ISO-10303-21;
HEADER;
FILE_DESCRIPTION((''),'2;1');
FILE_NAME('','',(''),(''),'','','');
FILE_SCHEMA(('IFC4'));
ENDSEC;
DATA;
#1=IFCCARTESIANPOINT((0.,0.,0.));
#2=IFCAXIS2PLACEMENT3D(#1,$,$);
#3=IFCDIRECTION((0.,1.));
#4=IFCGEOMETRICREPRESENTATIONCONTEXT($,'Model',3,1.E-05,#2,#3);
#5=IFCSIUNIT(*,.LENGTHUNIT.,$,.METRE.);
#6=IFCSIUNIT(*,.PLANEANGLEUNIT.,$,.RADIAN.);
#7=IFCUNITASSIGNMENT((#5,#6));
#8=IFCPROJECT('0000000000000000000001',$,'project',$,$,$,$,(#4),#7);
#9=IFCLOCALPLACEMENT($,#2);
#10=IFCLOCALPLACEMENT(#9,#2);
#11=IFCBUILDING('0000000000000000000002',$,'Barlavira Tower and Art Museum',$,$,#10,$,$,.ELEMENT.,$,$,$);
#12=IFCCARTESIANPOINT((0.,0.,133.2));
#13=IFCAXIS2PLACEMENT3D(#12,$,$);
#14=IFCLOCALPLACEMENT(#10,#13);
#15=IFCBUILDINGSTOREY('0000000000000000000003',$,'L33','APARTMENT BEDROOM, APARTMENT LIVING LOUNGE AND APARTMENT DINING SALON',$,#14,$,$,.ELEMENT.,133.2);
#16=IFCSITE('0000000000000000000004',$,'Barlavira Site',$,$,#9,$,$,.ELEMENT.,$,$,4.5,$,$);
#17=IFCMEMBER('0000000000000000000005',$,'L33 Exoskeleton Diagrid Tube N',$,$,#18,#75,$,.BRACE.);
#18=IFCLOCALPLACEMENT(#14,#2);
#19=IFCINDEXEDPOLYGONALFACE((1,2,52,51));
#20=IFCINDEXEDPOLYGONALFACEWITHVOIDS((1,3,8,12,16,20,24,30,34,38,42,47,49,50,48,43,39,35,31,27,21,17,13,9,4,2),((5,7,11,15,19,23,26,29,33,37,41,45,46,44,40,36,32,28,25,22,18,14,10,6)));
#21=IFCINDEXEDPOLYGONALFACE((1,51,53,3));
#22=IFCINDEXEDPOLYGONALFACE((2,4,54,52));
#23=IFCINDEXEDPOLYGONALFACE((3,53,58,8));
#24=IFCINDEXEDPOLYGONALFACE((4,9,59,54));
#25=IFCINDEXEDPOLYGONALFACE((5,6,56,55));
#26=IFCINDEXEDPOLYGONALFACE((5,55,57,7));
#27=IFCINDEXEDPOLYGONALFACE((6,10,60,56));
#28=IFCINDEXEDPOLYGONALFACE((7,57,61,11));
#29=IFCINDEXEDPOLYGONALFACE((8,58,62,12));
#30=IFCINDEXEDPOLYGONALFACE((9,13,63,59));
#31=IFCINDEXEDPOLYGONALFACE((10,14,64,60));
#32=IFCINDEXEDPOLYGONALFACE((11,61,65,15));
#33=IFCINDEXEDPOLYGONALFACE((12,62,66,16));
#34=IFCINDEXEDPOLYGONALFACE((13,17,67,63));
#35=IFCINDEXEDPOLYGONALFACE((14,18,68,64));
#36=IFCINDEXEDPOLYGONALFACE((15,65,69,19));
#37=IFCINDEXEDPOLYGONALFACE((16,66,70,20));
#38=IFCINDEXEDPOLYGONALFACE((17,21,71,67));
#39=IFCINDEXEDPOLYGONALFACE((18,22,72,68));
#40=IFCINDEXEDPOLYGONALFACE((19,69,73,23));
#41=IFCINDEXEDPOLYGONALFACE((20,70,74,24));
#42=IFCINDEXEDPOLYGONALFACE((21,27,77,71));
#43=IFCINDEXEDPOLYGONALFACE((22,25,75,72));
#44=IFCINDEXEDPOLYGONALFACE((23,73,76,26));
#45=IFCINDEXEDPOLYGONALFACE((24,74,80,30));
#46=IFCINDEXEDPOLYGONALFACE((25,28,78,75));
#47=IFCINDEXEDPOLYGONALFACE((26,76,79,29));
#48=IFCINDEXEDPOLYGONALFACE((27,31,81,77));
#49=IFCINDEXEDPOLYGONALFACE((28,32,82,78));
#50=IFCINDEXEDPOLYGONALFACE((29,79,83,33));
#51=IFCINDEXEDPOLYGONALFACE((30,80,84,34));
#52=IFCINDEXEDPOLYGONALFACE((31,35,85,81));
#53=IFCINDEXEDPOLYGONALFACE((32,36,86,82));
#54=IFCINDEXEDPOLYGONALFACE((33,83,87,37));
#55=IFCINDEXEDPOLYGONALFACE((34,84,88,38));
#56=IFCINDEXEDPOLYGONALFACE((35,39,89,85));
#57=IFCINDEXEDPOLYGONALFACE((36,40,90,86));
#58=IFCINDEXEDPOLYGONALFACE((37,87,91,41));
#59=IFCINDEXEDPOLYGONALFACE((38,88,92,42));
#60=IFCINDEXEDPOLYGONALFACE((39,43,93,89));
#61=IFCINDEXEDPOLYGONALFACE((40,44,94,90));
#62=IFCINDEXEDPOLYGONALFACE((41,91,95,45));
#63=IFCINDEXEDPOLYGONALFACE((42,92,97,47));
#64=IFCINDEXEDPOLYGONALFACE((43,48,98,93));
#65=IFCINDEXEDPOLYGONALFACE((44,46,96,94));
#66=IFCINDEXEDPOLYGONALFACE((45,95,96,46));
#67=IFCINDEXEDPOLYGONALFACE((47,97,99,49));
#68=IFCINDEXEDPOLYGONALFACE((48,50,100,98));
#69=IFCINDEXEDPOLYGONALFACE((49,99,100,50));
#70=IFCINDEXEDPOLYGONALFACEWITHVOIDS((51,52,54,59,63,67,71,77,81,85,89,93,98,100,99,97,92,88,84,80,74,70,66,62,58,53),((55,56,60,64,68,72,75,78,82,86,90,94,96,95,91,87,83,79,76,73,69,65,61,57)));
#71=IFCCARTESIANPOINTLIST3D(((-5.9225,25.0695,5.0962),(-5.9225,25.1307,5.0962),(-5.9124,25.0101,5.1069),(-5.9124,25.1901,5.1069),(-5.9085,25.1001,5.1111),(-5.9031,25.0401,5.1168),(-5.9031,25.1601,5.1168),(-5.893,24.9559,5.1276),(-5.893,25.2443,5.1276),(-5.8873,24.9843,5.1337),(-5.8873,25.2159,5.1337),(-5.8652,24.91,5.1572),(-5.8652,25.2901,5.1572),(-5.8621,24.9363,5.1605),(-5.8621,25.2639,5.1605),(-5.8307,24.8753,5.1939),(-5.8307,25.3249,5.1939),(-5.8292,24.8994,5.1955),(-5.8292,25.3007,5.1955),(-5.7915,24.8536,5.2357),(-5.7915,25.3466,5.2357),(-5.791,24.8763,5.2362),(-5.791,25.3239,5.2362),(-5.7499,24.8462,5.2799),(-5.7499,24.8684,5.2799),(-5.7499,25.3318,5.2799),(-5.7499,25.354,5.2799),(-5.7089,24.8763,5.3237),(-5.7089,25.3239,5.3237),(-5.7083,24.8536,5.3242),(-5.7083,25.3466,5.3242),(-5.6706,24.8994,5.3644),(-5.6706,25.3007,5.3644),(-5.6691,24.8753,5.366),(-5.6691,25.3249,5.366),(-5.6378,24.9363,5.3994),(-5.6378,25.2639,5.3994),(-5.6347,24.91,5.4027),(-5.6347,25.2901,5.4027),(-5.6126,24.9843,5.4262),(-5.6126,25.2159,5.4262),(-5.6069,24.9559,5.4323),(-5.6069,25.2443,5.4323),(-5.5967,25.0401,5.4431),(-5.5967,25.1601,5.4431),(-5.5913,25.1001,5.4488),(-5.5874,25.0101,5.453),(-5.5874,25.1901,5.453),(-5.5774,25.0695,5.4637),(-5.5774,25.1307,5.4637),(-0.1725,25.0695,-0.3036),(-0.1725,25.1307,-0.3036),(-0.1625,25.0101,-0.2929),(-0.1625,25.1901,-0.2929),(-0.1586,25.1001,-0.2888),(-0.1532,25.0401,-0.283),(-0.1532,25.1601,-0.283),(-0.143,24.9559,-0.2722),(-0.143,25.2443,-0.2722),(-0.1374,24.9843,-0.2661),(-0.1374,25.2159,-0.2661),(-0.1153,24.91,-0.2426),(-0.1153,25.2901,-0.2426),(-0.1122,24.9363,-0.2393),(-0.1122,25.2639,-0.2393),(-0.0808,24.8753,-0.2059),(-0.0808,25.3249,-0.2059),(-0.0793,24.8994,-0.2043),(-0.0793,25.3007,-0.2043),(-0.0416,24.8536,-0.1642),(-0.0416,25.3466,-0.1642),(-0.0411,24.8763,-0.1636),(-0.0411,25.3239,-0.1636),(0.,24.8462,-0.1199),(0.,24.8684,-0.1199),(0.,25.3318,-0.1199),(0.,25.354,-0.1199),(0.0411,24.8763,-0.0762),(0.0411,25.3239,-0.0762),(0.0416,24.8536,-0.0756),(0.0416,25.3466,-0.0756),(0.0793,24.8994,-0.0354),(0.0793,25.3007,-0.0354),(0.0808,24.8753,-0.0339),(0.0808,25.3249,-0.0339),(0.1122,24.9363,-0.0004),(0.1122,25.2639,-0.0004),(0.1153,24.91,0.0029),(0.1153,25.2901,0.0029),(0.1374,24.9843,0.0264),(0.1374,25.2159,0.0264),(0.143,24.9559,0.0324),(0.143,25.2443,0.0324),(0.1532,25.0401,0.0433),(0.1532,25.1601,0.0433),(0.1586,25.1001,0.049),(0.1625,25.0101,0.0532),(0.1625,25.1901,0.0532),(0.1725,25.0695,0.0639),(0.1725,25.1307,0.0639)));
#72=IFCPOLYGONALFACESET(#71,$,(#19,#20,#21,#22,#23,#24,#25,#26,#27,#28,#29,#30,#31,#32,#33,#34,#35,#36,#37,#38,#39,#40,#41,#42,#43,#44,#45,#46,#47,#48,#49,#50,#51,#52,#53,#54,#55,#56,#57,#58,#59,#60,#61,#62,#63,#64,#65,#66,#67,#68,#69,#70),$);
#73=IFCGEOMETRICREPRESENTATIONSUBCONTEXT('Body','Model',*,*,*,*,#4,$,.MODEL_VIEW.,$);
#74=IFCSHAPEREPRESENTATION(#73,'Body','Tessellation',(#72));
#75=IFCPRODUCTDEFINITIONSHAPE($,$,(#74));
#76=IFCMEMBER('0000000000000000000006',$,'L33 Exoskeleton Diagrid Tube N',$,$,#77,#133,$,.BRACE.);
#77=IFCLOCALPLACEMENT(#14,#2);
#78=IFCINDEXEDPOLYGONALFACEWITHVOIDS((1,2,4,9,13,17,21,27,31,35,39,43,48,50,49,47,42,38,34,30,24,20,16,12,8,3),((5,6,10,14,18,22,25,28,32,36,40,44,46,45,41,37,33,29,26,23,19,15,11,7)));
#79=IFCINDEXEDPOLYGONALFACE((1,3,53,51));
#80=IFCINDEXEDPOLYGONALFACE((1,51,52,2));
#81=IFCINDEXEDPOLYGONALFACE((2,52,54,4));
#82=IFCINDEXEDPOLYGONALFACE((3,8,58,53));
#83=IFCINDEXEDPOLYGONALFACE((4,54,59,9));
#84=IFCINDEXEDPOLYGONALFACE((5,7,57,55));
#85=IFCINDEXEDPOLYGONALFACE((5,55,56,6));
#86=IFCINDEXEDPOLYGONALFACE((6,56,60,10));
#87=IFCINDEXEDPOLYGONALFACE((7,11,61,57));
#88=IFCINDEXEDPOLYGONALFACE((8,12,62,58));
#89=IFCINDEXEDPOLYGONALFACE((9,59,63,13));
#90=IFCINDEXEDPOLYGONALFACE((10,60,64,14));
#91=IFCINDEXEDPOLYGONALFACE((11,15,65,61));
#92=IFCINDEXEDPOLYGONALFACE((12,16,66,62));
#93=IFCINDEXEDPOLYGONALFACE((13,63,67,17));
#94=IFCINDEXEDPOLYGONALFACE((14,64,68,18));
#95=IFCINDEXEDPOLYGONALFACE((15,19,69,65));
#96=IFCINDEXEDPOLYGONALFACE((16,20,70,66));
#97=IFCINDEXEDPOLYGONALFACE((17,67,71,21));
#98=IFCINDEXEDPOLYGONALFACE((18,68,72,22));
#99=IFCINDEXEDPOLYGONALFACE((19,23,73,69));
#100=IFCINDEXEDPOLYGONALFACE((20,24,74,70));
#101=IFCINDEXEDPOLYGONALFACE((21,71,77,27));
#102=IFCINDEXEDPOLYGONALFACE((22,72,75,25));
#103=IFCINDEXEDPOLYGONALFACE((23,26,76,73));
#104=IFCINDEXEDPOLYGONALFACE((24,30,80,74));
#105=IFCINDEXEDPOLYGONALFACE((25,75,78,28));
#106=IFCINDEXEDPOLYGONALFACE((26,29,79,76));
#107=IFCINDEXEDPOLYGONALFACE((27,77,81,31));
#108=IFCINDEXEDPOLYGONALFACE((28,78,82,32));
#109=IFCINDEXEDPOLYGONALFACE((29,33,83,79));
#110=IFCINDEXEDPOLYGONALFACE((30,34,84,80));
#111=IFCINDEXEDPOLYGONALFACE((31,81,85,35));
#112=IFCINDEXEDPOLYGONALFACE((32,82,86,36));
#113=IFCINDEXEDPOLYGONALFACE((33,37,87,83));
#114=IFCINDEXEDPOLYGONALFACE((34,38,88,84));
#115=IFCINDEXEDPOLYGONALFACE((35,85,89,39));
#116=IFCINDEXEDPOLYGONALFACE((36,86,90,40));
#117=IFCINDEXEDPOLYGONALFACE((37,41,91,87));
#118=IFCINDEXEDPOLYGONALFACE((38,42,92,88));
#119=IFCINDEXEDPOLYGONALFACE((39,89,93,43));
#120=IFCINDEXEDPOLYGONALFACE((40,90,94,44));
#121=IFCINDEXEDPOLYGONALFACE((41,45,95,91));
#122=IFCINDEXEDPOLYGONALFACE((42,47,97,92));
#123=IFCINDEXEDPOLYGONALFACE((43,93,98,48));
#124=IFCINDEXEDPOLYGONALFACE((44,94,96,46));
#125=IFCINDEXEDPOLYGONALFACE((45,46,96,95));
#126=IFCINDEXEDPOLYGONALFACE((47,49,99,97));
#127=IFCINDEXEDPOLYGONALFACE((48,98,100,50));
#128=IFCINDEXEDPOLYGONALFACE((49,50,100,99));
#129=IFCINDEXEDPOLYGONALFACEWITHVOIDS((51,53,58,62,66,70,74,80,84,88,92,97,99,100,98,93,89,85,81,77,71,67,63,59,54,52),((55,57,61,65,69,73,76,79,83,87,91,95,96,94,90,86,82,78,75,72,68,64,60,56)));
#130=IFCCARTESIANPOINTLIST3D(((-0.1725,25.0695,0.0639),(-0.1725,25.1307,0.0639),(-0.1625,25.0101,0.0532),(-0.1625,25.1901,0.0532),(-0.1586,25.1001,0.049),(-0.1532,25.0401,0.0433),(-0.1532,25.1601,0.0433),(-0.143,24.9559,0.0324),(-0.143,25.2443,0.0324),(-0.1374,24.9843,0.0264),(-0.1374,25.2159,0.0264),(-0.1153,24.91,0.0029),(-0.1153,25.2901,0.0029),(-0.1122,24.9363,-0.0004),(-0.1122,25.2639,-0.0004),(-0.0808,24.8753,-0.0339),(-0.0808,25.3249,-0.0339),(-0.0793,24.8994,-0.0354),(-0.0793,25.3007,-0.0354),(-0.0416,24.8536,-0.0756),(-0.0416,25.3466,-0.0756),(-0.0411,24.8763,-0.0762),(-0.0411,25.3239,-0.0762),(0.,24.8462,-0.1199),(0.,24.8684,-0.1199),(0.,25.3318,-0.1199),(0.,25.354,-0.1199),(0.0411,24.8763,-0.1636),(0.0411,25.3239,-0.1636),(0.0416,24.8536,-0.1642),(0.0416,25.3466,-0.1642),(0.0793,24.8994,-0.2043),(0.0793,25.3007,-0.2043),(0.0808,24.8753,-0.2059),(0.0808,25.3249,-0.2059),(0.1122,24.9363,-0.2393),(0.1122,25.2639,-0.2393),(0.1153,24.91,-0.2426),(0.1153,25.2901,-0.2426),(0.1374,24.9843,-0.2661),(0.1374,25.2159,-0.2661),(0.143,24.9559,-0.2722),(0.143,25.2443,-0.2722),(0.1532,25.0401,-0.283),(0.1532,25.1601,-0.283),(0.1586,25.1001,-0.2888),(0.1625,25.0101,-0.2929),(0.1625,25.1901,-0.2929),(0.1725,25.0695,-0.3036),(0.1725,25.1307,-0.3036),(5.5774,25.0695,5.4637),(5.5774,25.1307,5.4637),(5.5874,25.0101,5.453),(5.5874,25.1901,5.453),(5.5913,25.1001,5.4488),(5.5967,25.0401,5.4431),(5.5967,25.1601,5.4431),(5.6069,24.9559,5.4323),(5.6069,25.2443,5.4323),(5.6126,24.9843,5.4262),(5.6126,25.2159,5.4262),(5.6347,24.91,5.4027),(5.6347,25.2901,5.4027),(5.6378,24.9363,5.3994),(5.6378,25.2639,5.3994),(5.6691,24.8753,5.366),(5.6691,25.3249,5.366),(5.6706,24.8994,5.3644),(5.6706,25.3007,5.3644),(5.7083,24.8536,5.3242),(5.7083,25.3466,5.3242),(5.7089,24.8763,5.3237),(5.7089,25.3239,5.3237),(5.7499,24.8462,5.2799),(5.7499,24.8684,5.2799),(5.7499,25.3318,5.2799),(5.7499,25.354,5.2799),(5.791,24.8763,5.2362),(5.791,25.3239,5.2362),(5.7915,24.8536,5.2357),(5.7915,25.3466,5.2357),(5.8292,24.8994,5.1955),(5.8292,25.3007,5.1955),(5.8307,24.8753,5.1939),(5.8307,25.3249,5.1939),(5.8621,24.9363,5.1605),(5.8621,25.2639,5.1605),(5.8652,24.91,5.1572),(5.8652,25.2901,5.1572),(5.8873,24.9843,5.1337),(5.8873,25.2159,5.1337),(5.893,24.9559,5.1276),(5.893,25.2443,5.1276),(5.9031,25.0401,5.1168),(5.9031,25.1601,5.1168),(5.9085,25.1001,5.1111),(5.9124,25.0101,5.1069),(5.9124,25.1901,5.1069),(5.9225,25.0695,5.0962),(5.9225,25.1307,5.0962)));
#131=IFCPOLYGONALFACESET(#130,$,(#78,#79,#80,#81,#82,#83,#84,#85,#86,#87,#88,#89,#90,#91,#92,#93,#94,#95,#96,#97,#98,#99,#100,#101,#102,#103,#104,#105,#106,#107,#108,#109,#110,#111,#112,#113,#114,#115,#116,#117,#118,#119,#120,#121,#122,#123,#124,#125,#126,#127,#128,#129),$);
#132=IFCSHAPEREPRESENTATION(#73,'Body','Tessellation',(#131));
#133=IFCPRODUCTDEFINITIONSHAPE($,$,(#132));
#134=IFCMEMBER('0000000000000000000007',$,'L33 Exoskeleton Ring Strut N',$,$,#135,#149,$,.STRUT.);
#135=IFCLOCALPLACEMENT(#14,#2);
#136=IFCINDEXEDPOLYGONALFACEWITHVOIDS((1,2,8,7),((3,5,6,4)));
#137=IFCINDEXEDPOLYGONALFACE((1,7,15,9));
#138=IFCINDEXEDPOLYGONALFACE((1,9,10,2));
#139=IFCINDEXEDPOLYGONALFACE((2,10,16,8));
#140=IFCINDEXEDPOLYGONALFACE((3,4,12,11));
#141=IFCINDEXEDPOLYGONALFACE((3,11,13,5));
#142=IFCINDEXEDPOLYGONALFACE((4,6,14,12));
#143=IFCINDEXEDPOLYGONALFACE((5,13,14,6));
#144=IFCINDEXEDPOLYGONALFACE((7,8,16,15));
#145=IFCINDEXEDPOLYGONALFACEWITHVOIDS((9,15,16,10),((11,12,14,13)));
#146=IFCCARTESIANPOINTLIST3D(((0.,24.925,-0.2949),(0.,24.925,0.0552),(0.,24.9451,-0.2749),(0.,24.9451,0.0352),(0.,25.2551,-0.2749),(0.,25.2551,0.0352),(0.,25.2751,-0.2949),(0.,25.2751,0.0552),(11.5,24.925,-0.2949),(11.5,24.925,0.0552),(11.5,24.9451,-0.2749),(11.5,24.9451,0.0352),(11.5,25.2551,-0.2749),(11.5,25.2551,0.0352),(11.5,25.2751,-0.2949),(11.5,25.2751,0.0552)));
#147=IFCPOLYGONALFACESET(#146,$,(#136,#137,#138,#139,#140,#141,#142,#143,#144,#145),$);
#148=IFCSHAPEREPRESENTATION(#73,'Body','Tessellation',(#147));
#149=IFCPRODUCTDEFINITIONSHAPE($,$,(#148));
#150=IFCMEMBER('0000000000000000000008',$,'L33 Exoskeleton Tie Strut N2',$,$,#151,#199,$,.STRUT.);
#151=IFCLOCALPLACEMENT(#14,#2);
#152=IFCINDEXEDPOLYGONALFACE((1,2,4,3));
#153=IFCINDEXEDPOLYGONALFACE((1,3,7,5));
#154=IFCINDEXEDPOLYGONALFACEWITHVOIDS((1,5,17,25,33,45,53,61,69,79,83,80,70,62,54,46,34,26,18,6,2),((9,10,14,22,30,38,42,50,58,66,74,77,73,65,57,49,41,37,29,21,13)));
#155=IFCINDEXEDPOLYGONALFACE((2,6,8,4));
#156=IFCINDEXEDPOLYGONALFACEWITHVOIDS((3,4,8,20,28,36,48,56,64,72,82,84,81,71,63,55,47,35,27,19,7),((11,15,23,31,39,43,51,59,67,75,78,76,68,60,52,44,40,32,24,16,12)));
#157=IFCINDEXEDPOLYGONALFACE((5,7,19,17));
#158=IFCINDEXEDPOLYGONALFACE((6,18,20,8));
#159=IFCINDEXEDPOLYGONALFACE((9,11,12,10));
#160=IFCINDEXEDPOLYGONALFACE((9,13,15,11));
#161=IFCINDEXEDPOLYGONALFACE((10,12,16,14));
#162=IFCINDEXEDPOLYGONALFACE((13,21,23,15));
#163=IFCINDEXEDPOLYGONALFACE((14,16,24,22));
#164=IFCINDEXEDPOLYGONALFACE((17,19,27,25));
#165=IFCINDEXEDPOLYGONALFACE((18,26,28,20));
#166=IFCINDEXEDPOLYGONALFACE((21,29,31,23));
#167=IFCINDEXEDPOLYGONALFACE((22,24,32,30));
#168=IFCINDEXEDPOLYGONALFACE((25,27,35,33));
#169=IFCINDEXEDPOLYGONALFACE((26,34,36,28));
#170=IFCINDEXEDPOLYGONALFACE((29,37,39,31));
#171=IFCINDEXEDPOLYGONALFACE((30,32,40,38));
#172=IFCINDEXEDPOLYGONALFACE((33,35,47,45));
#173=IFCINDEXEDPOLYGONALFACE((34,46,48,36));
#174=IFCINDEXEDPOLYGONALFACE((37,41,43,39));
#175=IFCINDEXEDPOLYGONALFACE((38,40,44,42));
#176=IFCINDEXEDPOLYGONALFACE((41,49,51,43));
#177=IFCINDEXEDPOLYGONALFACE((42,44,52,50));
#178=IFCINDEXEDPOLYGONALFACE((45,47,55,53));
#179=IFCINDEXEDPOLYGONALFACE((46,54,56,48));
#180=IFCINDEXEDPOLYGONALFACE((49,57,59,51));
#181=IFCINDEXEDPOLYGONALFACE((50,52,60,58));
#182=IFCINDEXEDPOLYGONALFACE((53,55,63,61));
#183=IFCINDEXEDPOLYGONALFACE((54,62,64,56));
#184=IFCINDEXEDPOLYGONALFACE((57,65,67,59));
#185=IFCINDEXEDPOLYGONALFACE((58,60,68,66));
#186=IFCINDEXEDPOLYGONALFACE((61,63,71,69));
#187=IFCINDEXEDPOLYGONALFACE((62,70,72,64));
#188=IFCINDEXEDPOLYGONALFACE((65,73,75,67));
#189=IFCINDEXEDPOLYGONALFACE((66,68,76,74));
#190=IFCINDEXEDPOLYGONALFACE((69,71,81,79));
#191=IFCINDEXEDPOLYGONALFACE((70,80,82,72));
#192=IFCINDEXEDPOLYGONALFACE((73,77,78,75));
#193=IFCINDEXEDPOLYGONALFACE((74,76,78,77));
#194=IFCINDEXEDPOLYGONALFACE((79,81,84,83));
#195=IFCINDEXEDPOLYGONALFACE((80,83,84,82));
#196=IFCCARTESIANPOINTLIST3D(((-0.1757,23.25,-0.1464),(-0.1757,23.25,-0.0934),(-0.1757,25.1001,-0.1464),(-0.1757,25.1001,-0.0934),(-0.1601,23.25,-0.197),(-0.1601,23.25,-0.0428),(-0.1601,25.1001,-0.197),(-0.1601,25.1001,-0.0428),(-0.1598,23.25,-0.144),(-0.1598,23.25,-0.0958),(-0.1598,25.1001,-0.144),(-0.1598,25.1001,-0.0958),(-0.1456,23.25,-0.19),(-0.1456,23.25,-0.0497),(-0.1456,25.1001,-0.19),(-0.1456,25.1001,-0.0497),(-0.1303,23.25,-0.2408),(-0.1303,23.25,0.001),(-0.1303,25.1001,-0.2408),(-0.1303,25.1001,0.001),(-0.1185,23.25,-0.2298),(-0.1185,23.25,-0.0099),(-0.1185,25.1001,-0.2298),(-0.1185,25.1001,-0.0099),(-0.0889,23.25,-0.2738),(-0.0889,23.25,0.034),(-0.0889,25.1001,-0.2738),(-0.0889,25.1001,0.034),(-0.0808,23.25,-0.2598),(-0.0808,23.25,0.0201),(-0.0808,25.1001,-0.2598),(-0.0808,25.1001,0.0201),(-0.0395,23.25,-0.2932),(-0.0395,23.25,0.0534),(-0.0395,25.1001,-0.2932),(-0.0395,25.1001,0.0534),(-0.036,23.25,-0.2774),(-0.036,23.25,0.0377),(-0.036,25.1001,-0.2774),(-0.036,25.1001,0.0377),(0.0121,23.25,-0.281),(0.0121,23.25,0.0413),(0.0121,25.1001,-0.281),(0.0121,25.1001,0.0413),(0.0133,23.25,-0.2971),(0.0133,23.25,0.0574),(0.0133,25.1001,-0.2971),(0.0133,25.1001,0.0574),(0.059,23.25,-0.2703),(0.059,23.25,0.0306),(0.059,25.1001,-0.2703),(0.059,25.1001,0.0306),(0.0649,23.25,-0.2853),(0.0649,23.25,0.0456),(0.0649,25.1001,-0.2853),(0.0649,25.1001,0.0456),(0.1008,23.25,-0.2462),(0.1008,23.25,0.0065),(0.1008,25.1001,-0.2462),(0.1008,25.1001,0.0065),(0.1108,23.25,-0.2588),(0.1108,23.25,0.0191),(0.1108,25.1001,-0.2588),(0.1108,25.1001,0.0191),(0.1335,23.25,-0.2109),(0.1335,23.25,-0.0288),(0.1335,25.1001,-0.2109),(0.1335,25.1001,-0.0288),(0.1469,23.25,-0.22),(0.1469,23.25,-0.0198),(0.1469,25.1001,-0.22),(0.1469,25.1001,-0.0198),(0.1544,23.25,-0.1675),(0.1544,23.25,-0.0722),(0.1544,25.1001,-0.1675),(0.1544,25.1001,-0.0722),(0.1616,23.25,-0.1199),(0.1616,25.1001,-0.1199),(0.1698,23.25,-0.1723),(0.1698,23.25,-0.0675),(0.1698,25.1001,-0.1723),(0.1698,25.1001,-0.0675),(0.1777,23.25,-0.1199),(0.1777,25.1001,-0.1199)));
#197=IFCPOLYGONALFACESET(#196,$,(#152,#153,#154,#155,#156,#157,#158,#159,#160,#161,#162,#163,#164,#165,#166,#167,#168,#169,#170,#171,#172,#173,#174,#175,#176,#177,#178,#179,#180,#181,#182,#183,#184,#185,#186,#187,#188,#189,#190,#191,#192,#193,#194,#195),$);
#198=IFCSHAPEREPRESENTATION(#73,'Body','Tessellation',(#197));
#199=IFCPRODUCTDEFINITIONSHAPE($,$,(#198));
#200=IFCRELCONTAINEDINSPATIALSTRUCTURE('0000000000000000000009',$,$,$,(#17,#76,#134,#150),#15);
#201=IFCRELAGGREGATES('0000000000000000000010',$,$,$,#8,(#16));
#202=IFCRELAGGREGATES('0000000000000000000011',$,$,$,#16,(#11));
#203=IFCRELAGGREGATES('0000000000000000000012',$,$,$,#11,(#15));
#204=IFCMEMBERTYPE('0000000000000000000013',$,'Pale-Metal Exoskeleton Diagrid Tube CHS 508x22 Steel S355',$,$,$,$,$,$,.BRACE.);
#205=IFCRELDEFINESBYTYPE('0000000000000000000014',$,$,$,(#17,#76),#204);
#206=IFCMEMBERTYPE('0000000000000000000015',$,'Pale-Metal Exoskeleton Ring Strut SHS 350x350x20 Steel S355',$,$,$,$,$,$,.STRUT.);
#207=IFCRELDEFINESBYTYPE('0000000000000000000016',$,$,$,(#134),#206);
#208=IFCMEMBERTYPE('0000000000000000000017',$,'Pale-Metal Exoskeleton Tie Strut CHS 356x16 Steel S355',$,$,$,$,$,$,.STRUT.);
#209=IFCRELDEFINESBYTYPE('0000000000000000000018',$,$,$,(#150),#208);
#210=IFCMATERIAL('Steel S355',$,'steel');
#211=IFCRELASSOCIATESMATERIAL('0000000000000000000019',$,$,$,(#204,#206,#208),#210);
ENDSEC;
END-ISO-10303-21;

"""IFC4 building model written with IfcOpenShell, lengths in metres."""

from ifc_helpers import new_model, si_unit, direction, frame, origin, origin_2d, place, context, subcontext, project, spatial, hollow_rectangle, hollow_circle, extrude, material, material_profile, profile_set, type_object, element, save


model = new_model("IFC4")

# Units and contexts
model_context = context("Model", 3, precision=1e-05, world=origin(), true_north=direction((0.0, 1.0)))
body_context = subcontext(model_context, "Body", "Model", "MODEL_VIEW")
ifc_project = project(units=[si_unit("LENGTHUNIT", "METRE"), si_unit("PLANEANGLEUNIT", "RADIAN")], contexts=[model_context])

# Site, building, storey
site_placement = place(None, origin())
site = spatial("IfcSite", under=ifc_project, at=site_placement, Name="Barlavira Site", CompositionType="ELEMENT", RefElevation=4.5)
building_placement = place(site_placement, origin())
building = spatial("IfcBuilding", under=site, at=building_placement, Name="Barlavira Tower and Art Museum", CompositionType="ELEMENT")
storey_placement = place(building_placement, frame((0.0, 0.0, 133.2)))
storey = spatial("IfcBuildingStorey", under=building, at=storey_placement, Name="L33", Description="APARTMENT BEDROOM, APARTMENT LIVING LOUNGE AND APARTMENT DINING SALON", CompositionType="ELEMENT", Elevation=133.2)

# Members
ifc_material_1 = material(Name="Steel S355", Category="steel")
ifc_material_profile_1 = material_profile(ifc_material_1, hollow_circle(Radius=0.2539, WallThickness=0.0222, at=origin_2d()), Name="CHS 508.0x22.2")
ifc_profile_set_1 = profile_set([ifc_material_profile_1], Name="Steel S355")
member_type_1 = type_object("IfcMemberType", Name="Pale-Metal Exoskeleton Diagrid Tube CHS 508x22 Steel S355", PredefinedType="BRACE", material=ifc_profile_set_1)
for number, where, z_axis, x_axis, name in (
    (1, (0.0, 25.1001, -0.1199), (-0.72895, 0.0, 0.684567), (0.0, -1.0, 0.0), "L33 Exoskeleton Diagrid Tube N"),
    (2, (0.0, 25.1001, -0.1199), (0.72895, 0.0, 0.684567), (0.0, 1.0, 0.0), "L33 Exoskeleton Diagrid Tube N"),
):
    element("IfcMember", number, at=place(storey_placement, frame(where, z_axis=z_axis, x_axis=x_axis)), inside=storey, type_object=member_type_1, Name=name, PredefinedType="BRACE", context=body_context, shape_type="SweptSolid", body=[
        extrude(hollow_circle(Radius=0.2539, WallThickness=0.0222, at=origin_2d()), origin(), (0.0, 0.0, 1.0), 7.8879),
    ])
ifc_material_profile_2 = material_profile(ifc_material_1, hollow_rectangle(XDim=0.3501, YDim=0.3501, WallThickness=0.02, at=origin_2d()), Name="SHS 350x350x20.0")
ifc_profile_set_2 = profile_set([ifc_material_profile_2], Name="Steel S355")
member_type_2 = type_object("IfcMemberType", Name="Pale-Metal Exoskeleton Ring Strut SHS 350x350x20 Steel S355", PredefinedType="STRUT", material=ifc_profile_set_2)
member_1_placement = place(storey_placement, frame((0.0, 25.1001, -0.1199), z_axis=(1.0, 0.0, 0.0), x_axis=(0.0, 1.0, 0.0)))
element("IfcMember", 3, at=member_1_placement, inside=storey, type_object=member_type_2, Name="L33 Exoskeleton Ring Strut N", PredefinedType="STRUT", context=body_context, shape_type="SweptSolid", body=[
    extrude(hollow_rectangle(XDim=0.3501, YDim=0.3501, WallThickness=0.02, at=origin_2d()), origin(), (0.0, 0.0, 1.0), 11.5),
])
ifc_material_profile_3 = material_profile(ifc_material_1, hollow_circle(Radius=0.1777, WallThickness=0.0161, at=origin_2d()), Name="CHS 355.6x16.0")
ifc_profile_set_3 = profile_set([ifc_material_profile_3], Name="Steel S355")
member_type_3 = type_object("IfcMemberType", Name="Pale-Metal Exoskeleton Tie Strut CHS 356x16 Steel S355", PredefinedType="STRUT", material=ifc_profile_set_3)
member_2_placement = place(storey_placement, frame((0.0, 25.1001, -0.1199), z_axis=(0.0, -1.0, 0.0), x_axis=(1.0, 0.0, 0.0)))
element("IfcMember", 4, at=member_2_placement, inside=storey, type_object=member_type_3, Name="L33 Exoskeleton Tie Strut N2", PredefinedType="STRUT", context=body_context, shape_type="SweptSolid", body=[
    extrude(hollow_circle(Radius=0.1777, WallThickness=0.0161, at=origin_2d()), origin(), (0.0, 0.0, 1.0), 1.8501),
])

save(model, "model.ifc")
